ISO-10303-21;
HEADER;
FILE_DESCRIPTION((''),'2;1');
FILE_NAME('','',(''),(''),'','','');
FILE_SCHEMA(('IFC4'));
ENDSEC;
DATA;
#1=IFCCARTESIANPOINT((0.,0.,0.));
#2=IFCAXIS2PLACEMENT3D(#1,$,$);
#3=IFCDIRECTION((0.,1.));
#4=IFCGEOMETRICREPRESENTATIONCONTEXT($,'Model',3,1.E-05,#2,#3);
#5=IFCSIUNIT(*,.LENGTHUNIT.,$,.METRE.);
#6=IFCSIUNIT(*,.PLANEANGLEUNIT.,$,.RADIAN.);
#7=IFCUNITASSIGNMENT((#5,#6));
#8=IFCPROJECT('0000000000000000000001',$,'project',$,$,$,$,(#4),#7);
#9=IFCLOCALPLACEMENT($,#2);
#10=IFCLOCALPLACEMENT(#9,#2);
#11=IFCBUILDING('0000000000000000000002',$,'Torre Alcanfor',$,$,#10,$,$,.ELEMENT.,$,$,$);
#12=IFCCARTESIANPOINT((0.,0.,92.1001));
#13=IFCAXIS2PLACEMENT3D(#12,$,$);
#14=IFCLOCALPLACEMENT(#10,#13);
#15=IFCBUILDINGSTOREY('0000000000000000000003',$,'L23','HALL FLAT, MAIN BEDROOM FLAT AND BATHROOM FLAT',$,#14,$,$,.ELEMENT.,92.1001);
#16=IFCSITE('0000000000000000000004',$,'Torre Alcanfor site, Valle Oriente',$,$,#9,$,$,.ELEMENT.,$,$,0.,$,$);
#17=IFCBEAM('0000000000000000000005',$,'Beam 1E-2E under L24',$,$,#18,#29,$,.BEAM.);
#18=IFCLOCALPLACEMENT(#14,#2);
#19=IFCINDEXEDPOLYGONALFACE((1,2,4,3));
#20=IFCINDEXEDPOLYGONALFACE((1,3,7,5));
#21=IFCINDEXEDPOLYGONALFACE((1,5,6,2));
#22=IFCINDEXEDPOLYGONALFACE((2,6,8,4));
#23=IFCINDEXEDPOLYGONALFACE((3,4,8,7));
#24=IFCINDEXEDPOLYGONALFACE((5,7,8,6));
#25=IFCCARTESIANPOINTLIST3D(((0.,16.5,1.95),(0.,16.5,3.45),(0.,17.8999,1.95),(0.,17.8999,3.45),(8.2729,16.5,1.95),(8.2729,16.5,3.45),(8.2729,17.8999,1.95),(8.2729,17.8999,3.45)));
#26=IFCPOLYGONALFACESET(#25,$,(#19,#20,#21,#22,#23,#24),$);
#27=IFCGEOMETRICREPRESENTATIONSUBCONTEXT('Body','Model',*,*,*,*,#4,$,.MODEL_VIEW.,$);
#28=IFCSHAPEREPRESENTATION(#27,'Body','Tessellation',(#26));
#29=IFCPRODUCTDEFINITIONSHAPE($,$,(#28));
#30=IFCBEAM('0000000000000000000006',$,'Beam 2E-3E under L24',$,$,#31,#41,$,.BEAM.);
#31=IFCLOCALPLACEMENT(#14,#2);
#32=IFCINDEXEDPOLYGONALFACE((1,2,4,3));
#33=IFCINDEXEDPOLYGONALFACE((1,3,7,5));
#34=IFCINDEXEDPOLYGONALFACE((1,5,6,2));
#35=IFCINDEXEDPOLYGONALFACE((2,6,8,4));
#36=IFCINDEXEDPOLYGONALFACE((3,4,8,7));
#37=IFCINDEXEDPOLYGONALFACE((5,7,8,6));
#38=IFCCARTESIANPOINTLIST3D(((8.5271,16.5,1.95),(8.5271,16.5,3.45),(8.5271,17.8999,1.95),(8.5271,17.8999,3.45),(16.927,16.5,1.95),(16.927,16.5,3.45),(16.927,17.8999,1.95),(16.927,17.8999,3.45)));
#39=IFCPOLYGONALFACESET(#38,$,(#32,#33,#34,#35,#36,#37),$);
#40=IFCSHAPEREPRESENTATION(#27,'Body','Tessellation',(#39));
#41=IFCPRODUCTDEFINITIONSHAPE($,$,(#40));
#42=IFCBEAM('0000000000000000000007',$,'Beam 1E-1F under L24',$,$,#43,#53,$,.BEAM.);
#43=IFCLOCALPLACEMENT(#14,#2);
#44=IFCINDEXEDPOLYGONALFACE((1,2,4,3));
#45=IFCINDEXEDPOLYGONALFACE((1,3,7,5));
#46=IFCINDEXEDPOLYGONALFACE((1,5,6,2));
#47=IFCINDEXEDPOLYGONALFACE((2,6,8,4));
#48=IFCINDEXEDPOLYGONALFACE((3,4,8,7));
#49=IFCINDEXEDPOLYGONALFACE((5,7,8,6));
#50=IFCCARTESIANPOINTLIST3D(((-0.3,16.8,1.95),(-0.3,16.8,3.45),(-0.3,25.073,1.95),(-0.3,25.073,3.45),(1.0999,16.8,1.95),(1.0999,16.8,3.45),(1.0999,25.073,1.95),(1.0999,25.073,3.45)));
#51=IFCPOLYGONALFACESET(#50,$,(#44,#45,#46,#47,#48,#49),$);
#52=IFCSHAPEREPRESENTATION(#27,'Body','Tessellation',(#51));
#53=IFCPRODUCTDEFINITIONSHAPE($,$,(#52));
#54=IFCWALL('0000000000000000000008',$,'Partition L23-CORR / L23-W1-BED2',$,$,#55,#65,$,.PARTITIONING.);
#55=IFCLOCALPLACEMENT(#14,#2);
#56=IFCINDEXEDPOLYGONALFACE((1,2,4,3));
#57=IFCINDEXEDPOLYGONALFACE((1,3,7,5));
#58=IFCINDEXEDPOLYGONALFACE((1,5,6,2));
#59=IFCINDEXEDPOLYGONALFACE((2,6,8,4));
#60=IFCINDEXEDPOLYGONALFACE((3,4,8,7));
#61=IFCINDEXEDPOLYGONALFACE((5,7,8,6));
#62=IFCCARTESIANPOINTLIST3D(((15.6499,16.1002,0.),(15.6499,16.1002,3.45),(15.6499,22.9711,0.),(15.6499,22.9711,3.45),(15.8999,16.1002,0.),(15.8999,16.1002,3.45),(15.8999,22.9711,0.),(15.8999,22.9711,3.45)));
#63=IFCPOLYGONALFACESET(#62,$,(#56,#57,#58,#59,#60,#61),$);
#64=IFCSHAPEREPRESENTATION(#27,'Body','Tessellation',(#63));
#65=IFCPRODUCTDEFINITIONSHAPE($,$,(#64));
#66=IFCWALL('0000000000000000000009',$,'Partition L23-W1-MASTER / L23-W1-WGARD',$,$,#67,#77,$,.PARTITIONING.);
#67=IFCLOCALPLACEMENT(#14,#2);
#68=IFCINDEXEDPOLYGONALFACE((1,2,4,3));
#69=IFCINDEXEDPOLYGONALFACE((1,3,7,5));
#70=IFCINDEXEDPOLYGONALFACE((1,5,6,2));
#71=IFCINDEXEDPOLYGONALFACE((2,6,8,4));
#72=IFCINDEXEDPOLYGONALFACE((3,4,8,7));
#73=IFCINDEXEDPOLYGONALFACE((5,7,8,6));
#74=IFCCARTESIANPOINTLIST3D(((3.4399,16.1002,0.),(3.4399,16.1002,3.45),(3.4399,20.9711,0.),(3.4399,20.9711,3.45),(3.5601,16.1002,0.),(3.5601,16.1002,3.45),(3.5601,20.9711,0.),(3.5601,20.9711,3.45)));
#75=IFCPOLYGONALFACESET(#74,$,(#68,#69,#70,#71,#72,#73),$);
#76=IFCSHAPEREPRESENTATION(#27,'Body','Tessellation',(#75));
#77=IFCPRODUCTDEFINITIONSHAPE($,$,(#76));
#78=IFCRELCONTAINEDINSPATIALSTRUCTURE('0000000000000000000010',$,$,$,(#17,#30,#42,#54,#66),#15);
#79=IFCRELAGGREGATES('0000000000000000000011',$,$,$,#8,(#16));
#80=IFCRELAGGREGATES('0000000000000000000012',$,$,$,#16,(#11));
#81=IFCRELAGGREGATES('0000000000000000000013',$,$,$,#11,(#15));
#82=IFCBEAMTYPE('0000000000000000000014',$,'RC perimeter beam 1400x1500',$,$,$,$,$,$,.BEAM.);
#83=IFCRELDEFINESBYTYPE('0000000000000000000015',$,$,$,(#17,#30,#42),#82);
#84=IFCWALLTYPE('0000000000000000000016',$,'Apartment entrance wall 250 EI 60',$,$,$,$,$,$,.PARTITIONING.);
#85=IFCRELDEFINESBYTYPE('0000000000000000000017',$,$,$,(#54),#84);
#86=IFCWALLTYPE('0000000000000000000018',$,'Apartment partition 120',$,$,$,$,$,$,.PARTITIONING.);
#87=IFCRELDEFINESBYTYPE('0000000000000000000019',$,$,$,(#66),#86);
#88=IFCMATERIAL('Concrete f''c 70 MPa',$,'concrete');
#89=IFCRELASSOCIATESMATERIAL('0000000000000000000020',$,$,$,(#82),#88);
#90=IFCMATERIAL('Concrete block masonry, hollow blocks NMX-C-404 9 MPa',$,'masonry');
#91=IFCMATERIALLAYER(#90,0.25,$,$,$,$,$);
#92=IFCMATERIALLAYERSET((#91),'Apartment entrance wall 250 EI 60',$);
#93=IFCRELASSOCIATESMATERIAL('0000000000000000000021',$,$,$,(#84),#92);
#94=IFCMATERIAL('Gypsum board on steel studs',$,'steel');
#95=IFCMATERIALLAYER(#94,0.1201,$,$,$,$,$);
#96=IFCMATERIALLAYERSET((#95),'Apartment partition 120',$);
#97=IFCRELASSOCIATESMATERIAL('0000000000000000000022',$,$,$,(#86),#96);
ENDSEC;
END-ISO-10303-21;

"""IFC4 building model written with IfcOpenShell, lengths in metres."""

from ifc_helpers import new_model, si_unit, direction, frame, frame_2d, origin, origin_2d, place, context, subcontext, project, spatial, rectangle, extrude, material, layer, layer_set, material_profile, profile_set, type_object, element, save


model = new_model("IFC4")

# Units and contexts
model_context = context("Model", 3, precision=1e-05, world=origin(), true_north=direction((0.0, 1.0)))
body_context = subcontext(model_context, "Body", "Model", "MODEL_VIEW")
ifc_project = project(units=[si_unit("LENGTHUNIT", "METRE"), si_unit("PLANEANGLEUNIT", "RADIAN")], contexts=[model_context])

# Site, building, storey
site_placement = place(None, origin())
site = spatial("IfcSite", under=ifc_project, at=site_placement, Name="Torre Alcanfor site, Valle Oriente", CompositionType="ELEMENT", RefElevation=0.0)
building_placement = place(site_placement, origin())
building = spatial("IfcBuilding", under=site, at=building_placement, Name="Torre Alcanfor", CompositionType="ELEMENT")
storey_placement = place(building_placement, frame((0.0, 0.0, 92.1001)))
storey = spatial("IfcBuildingStorey", under=building, at=storey_placement, Name="L23", Description="HALL FLAT, MAIN BEDROOM FLAT AND BATHROOM FLAT", CompositionType="ELEMENT", Elevation=92.1001)

# Beams
ifc_material_1 = material(Name="Concrete f'c 70 MPa", Category="concrete")
ifc_material_profile_1 = material_profile(ifc_material_1, rectangle(XDim=1.3999, YDim=1.5, at=origin_2d()), Name="1400x1500")
ifc_profile_set_1 = profile_set([ifc_material_profile_1], Name="Concrete f'c 70 MPa")
beam_type_1 = type_object("IfcBeamType", Name="RC perimeter beam 1400x1500", PredefinedType="BEAM", material=ifc_profile_set_1)
beam_1_placement = place(storey_placement, frame((0.0, 17.2, 2.7), z_axis=(1.0, 0.0, 0.0), x_axis=(0.0, 1.0, 0.0)))
element("IfcBeam", 1, at=beam_1_placement, inside=storey, type_object=beam_type_1, Name="Beam 1E-2E under L24", PredefinedType="BEAM", context=body_context, shape_type="SweptSolid", body=[
    extrude(rectangle(XDim=1.3999, YDim=1.5, at=origin_2d()), origin(), (0.0, 0.0, 1.0), 8.2729),
])
beam_2_placement = place(storey_placement, frame((8.5271, 17.2, 2.7), z_axis=(1.0, 0.0, 0.0), x_axis=(0.0, 1.0, 0.0)))
element("IfcBeam", 2, at=beam_2_placement, inside=storey, type_object=beam_type_1, Name="Beam 2E-3E under L24", PredefinedType="BEAM", context=body_context, shape_type="SweptSolid", body=[
    extrude(rectangle(XDim=1.3999, YDim=1.5, at=origin_2d()), origin(), (0.0, 0.0, 1.0), 8.3999),
])
beam_3_placement = place(storey_placement, frame((0.3999, 16.8, 2.7), z_axis=(0.0, 1.0, 0.0), x_axis=(-1.0, 0.0, 0.0)))
element("IfcBeam", 3, at=beam_3_placement, inside=storey, type_object=beam_type_1, Name="Beam 1E-1F under L24", PredefinedType="BEAM", context=body_context, shape_type="SweptSolid", body=[
    extrude(rectangle(XDim=1.3999, YDim=1.5, at=origin_2d()), origin(), (0.0, 0.0, 1.0), 8.2729),
])

# Walls
ifc_material_2 = material(Name="Concrete block masonry, hollow blocks NMX-C-404 9 MPa", Category="masonry")
ifc_layer_1 = layer(ifc_material_2, 0.25)
ifc_layer_set_1 = layer_set([ifc_layer_1], Name="Apartment entrance wall 250 EI 60")
wall_type_1 = type_object("IfcWallType", Name="Apartment entrance wall 250 EI 60", PredefinedType="PARTITIONING", material=ifc_layer_set_1)
wall_1_placement = place(storey_placement, frame((15.7749, 16.1001, 0.0), z_axis=(0.0, 0.0, 1.0), x_axis=(0.0, 1.0, 0.0)))
element("IfcWall", 4, at=wall_1_placement, inside=storey, type_object=wall_type_1, Name="Partition L23-CORR / L23-W1-BED2", PredefinedType="PARTITIONING", context=body_context, shape_type="SweptSolid", body=[
    extrude(rectangle(XDim=6.8708, YDim=0.25, at=frame_2d((3.4355, 0.0))), origin(), (0.0, 0.0, 1.0), 3.45),
])
ifc_material_3 = material(Name="Gypsum board on steel studs", Category="steel")
ifc_layer_2 = layer(ifc_material_3, 0.1201)
ifc_layer_set_2 = layer_set([ifc_layer_2], Name="Apartment partition 120")
wall_type_2 = type_object("IfcWallType", Name="Apartment partition 120", PredefinedType="PARTITIONING", material=ifc_layer_set_2)
wall_2_placement = place(storey_placement, frame((3.5, 16.1001, 0.0), z_axis=(0.0, 0.0, 1.0), x_axis=(0.0, 1.0, 0.0)))
element("IfcWall", 5, at=wall_2_placement, inside=storey, type_object=wall_type_2, Name="Partition L23-W1-MASTER / L23-W1-WGARD", PredefinedType="PARTITIONING", context=body_context, shape_type="SweptSolid", body=[
    extrude(rectangle(XDim=4.8708, YDim=0.1201, at=frame_2d((2.4355, 0.0))), origin(), (0.0, 0.0, 1.0), 3.45),
])

save(model, "model.ifc")
